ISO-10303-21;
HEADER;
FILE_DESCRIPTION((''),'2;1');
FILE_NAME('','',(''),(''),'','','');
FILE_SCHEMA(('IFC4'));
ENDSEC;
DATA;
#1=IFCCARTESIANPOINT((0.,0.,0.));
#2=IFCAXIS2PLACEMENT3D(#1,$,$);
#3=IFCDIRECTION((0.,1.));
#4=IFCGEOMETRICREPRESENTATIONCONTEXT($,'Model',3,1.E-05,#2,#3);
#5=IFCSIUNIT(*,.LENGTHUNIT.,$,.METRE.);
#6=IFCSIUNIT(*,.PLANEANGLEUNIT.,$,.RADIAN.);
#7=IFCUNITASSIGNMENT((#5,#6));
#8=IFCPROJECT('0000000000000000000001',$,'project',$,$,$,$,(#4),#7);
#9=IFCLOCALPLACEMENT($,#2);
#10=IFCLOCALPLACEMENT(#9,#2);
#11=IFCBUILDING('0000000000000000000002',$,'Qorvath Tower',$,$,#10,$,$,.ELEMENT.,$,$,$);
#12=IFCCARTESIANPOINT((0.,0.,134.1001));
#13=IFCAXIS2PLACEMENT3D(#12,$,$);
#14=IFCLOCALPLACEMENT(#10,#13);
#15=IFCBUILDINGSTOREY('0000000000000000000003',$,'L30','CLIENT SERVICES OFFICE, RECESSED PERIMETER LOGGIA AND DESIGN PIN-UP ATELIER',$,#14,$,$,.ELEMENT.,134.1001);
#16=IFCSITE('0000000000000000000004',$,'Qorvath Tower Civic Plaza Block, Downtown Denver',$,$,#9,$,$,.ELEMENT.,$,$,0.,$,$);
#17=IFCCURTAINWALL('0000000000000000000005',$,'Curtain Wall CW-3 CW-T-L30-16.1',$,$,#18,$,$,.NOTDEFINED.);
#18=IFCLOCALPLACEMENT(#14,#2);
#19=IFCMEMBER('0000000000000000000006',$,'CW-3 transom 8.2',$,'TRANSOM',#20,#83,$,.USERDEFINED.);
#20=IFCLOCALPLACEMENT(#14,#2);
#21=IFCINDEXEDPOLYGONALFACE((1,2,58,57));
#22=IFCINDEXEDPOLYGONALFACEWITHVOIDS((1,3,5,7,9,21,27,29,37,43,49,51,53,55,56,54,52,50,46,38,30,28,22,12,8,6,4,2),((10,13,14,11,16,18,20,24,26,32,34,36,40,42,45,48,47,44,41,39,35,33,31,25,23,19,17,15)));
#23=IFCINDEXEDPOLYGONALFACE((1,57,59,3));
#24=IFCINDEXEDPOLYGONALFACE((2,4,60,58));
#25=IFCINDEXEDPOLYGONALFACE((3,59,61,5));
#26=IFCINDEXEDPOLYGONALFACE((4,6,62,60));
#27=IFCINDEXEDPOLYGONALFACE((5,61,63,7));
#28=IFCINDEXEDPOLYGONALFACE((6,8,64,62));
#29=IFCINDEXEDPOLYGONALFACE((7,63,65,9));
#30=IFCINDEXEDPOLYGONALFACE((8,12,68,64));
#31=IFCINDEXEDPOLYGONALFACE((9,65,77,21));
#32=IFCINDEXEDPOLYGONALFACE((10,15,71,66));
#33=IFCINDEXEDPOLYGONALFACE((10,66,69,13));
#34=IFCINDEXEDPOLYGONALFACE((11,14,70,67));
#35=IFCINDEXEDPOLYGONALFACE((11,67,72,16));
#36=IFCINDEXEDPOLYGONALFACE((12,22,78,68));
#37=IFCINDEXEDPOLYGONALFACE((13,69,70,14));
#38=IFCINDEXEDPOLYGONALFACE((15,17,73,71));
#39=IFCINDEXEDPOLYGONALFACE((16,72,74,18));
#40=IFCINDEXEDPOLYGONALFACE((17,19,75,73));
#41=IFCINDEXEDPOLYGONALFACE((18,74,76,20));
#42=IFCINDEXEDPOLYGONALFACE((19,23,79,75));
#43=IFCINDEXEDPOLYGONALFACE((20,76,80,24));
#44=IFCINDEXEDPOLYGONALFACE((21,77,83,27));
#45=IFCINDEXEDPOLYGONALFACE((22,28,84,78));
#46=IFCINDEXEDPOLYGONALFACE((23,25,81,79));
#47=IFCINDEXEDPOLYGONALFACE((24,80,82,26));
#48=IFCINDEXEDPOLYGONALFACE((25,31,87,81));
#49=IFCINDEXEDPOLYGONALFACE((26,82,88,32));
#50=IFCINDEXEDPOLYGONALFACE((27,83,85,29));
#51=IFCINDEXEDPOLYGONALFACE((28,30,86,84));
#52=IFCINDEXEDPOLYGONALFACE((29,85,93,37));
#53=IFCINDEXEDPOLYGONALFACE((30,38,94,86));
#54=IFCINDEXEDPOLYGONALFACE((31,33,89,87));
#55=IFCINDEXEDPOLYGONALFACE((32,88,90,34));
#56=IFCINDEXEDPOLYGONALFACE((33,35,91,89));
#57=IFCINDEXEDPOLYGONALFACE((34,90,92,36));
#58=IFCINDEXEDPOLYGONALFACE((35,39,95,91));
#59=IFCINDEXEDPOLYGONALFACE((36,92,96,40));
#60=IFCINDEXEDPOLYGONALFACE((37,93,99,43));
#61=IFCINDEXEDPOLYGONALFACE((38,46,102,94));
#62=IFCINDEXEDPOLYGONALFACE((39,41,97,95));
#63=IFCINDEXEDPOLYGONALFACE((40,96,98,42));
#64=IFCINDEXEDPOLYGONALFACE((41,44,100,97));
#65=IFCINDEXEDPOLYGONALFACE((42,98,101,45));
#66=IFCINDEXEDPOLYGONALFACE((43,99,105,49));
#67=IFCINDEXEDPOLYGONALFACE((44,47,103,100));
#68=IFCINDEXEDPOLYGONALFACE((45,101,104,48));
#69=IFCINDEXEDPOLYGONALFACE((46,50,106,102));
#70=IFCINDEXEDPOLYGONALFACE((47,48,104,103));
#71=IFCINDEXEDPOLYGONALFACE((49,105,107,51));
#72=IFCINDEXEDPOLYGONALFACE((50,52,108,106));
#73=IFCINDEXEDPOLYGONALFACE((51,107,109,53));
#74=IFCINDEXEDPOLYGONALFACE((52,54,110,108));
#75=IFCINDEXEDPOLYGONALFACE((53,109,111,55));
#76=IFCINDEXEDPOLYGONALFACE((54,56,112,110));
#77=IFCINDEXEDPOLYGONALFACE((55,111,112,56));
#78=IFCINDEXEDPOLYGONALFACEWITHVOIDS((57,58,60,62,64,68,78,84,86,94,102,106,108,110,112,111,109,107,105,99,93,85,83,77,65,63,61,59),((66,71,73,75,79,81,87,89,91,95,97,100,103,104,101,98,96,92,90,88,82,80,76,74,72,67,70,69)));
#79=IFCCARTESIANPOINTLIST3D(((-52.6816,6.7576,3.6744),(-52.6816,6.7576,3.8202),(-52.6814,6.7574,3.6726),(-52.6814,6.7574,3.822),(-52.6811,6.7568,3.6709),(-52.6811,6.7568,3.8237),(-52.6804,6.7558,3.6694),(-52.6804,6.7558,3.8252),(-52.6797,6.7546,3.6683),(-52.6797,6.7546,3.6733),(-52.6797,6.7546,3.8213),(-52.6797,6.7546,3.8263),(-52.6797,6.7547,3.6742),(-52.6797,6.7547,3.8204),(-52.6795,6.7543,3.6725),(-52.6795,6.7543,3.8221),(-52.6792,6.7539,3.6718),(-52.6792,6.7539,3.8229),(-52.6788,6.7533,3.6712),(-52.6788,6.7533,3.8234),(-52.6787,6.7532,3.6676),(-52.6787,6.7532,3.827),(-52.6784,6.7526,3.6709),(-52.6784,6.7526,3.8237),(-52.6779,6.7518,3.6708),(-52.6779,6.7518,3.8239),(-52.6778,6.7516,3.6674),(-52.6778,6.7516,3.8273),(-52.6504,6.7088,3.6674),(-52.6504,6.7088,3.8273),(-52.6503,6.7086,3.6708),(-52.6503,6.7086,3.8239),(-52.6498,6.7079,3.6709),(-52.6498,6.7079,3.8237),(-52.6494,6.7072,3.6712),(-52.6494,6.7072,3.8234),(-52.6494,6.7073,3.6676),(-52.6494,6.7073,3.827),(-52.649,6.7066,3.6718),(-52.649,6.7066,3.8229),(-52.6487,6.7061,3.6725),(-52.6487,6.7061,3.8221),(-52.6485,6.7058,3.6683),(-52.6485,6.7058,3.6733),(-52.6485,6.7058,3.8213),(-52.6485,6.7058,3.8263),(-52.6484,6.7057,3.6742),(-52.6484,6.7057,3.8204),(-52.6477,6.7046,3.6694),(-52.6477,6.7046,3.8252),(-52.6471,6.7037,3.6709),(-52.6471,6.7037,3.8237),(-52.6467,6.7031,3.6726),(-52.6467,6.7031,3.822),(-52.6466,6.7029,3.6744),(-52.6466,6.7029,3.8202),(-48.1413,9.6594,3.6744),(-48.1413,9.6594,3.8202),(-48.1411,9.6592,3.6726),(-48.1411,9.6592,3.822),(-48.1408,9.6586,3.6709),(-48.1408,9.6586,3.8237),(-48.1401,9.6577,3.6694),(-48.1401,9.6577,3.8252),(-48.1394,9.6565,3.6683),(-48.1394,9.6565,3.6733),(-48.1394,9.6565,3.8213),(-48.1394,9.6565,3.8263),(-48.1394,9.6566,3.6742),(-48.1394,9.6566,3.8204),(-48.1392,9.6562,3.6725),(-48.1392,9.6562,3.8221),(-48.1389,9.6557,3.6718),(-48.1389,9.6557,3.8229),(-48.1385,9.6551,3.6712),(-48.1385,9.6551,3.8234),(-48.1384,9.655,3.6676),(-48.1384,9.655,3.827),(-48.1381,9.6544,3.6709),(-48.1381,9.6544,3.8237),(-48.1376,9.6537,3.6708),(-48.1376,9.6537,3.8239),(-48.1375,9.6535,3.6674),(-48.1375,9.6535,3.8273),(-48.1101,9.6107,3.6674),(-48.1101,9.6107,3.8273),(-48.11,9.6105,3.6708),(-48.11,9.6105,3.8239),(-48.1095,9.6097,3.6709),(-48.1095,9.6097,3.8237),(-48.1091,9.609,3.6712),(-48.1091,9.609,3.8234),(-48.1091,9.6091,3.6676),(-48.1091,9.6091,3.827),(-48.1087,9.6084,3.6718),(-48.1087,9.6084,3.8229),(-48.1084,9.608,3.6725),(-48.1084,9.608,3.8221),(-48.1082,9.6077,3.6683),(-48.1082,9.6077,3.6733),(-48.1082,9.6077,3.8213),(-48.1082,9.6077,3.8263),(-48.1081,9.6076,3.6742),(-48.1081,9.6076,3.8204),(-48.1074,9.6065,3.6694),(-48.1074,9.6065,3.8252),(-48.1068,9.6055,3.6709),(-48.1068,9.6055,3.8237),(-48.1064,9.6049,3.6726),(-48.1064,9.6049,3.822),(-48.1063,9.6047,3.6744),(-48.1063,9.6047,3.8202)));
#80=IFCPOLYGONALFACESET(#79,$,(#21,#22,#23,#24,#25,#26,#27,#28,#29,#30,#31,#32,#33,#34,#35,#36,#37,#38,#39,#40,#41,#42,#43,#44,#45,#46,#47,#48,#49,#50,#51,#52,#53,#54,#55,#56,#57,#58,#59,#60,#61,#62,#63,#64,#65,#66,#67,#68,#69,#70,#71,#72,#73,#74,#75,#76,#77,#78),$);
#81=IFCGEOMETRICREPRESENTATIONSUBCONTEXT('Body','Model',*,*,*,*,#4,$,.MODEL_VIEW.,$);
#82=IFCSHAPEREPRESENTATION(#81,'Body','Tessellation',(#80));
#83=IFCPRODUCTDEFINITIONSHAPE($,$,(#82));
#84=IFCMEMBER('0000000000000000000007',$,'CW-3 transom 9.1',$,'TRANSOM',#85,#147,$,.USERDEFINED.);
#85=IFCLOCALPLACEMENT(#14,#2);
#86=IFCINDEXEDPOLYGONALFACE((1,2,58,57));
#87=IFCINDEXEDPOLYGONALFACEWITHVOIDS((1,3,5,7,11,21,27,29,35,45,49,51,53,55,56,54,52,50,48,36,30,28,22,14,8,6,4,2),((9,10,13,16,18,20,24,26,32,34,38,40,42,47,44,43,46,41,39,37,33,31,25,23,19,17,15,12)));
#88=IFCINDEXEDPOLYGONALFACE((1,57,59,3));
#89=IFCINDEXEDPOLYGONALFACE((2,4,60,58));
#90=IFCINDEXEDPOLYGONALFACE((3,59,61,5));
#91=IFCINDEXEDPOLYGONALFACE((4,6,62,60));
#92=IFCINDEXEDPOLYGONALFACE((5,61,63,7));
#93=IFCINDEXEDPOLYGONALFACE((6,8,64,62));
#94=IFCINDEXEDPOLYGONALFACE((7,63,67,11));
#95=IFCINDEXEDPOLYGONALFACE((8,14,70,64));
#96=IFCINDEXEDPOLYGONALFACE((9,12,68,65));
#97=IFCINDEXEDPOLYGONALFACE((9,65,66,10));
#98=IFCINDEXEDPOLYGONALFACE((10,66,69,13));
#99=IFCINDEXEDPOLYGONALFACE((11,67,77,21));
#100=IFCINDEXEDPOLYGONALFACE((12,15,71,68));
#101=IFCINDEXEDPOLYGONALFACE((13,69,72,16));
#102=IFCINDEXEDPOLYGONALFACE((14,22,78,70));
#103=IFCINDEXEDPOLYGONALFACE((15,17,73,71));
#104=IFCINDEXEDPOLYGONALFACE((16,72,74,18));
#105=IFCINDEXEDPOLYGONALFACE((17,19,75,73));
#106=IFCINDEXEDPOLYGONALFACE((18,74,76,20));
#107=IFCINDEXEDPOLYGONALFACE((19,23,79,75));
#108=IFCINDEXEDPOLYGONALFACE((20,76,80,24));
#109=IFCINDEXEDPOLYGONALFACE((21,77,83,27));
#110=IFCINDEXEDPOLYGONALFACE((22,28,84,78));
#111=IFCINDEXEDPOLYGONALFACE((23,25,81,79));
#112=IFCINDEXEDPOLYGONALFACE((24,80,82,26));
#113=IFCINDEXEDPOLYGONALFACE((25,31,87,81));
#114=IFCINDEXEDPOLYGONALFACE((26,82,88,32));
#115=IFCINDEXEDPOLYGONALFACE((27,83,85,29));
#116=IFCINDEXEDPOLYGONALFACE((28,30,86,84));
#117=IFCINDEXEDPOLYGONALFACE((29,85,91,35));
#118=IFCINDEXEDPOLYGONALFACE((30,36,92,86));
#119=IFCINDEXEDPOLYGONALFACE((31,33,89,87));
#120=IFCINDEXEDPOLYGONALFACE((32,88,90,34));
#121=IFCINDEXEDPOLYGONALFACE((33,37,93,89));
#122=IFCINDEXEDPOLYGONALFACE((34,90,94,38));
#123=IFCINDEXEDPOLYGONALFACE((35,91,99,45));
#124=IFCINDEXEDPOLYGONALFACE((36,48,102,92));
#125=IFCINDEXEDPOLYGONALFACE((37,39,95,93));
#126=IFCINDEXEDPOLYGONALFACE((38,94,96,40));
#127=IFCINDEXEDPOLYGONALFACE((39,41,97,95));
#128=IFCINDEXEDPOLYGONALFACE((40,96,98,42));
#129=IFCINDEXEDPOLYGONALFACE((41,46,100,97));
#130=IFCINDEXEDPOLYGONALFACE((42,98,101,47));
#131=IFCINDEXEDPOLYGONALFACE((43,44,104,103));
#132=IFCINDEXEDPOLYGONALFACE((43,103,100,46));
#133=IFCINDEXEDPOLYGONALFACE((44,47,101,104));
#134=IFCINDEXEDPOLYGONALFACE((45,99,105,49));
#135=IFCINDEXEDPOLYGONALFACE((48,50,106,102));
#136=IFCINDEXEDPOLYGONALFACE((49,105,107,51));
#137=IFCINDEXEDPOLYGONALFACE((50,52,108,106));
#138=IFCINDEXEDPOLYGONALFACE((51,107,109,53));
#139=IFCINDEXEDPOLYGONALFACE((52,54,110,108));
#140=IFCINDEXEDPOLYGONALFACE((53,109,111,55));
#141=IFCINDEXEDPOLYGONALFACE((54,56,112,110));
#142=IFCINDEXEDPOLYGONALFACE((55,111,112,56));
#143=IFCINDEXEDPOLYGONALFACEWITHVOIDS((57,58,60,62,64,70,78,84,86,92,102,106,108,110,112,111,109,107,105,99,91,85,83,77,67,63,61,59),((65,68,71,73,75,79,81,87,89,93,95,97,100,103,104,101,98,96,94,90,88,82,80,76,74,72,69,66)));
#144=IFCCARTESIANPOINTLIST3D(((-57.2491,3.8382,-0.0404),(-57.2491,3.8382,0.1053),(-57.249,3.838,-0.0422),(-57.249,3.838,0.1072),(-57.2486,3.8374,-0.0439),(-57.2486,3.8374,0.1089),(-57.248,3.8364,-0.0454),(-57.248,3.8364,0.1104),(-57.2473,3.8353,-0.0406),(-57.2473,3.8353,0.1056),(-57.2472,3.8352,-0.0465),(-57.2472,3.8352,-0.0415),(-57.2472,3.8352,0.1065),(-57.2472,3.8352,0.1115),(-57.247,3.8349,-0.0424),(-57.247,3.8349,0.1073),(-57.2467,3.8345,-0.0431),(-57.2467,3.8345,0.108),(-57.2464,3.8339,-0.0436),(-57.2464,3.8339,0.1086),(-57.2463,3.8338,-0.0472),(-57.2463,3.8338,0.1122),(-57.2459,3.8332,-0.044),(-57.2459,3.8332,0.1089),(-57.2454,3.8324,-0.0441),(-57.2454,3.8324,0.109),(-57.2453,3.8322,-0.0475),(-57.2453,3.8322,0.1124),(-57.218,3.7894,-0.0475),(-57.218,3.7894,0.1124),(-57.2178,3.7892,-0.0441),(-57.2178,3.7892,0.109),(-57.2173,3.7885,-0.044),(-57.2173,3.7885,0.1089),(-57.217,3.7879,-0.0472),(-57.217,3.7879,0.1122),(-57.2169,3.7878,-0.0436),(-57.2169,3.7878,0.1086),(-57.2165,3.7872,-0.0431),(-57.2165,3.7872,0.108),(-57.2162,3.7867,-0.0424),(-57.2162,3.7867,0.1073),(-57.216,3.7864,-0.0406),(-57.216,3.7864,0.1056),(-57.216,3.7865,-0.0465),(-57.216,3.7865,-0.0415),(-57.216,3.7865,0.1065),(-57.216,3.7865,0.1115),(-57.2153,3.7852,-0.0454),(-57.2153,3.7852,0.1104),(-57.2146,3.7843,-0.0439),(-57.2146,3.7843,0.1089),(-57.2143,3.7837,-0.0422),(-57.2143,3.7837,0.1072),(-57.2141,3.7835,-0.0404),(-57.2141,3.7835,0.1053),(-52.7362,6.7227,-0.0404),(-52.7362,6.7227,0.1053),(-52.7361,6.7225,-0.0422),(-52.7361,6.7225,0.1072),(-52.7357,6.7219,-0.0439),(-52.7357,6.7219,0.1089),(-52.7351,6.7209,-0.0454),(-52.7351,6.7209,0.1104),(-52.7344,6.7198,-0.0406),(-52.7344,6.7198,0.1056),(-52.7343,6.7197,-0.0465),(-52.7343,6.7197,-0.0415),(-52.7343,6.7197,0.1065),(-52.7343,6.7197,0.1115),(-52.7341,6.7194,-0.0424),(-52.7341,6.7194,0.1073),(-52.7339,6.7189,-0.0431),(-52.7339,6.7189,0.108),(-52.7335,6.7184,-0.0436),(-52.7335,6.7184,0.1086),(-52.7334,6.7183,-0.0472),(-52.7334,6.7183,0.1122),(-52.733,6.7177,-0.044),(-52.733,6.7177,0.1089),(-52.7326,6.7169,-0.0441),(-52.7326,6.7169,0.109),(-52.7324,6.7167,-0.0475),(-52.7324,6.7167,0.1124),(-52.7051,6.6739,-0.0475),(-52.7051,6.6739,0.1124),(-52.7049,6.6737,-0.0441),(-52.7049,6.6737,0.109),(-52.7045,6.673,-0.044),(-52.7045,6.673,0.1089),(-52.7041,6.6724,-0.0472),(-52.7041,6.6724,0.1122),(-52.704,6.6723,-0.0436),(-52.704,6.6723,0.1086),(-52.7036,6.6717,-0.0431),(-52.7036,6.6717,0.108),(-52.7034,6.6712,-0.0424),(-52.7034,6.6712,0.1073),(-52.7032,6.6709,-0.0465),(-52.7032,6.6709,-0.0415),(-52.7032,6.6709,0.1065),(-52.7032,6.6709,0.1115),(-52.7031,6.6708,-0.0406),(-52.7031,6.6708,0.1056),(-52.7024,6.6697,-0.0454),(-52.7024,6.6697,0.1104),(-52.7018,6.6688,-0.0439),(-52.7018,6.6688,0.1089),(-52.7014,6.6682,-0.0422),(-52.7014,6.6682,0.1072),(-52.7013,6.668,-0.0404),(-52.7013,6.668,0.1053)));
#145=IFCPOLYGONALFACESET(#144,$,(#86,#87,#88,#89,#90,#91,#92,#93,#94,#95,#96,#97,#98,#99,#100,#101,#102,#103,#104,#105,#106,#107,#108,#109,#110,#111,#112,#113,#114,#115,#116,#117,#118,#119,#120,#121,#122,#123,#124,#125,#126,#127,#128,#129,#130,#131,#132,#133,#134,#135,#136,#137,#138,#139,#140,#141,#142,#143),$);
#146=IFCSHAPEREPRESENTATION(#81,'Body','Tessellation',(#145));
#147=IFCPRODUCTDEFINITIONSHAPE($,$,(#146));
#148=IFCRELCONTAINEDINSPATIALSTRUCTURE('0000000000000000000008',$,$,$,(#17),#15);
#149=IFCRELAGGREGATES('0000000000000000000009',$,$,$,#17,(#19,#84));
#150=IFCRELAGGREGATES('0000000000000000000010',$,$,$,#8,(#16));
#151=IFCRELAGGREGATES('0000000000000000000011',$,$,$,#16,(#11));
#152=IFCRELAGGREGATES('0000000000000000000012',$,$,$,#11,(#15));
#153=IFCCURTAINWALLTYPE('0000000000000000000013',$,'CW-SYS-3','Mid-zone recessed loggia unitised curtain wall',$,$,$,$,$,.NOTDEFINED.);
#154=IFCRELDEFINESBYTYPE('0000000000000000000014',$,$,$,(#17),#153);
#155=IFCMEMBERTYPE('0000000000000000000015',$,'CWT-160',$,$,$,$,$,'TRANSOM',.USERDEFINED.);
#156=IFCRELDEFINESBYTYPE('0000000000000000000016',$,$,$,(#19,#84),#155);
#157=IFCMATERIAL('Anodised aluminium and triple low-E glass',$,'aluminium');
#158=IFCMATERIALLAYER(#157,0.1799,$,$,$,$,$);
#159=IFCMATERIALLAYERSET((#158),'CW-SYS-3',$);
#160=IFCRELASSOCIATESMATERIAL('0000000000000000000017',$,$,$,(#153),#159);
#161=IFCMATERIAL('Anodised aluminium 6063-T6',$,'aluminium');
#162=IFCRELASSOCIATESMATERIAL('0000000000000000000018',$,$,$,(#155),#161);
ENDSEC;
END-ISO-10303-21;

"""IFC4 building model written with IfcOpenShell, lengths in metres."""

from ifc_helpers import new_model, si_unit, direction, frame, origin, origin_2d, place, context, subcontext, project, spatial, hollow_rectangle, extrude, material, layer, layer_set, material_profile, profile_set, type_object, element, aggregate, save


model = new_model("IFC4")

# Units and contexts
model_context = context("Model", 3, precision=1e-05, world=origin(), true_north=direction((0.0, 1.0)))
body_context = subcontext(model_context, "Body", "Model", "MODEL_VIEW")
ifc_project = project(units=[si_unit("LENGTHUNIT", "METRE"), si_unit("PLANEANGLEUNIT", "RADIAN")], contexts=[model_context])

# Site, building, storey
site_placement = place(None, origin())
site = spatial("IfcSite", under=ifc_project, at=site_placement, Name="Qorvath Tower Civic Plaza Block, Downtown Denver", CompositionType="ELEMENT", RefElevation=0.0)
building_placement = place(site_placement, origin())
building = spatial("IfcBuilding", under=site, at=building_placement, Name="Qorvath Tower", CompositionType="ELEMENT")
storey_placement = place(building_placement, frame((0.0, 0.0, 134.1001)))
storey = spatial("IfcBuildingStorey", under=building, at=storey_placement, Name="L30", Description="CLIENT SERVICES OFFICE, RECESSED PERIMETER LOGGIA AND DESIGN PIN-UP ATELIER", CompositionType="ELEMENT", Elevation=134.1001)

# Curtain wall, members
ifc_material_1 = material(Name="Anodised aluminium and triple low-E glass", Category="aluminium")
ifc_layer_1 = layer(ifc_material_1, 0.1799)
ifc_layer_set_1 = layer_set([ifc_layer_1], Name="CW-SYS-3")
curtain_wall_type = type_object("IfcCurtainWallType", Name="CW-SYS-3", Description="Mid-zone recessed loggia unitised curtain wall", PredefinedType="NOTDEFINED", material=ifc_layer_set_1)
curtain_wall_placement = place(storey_placement, origin())
curtain_wall = element("IfcCurtainWall", 1, at=curtain_wall_placement, inside=storey, type_object=curtain_wall_type, Name="Curtain Wall CW-3 CW-T-L30-16.1", PredefinedType="NOTDEFINED")
ifc_material_2 = material(Name="Anodised aluminium 6063-T6", Category="aluminium")
ifc_material_profile_1 = material_profile(ifc_material_2, hollow_rectangle(XDim=0.0649, YDim=0.1599, WallThickness=0.0034, InnerFilletRadius=0.0034, OuterFilletRadius=0.0071, at=origin_2d()), Name="CWT 160x65")
ifc_profile_set_1 = profile_set([ifc_material_profile_1], Name="Anodised aluminium 6063-T6")
member_type_1 = type_object("IfcMemberType", Name="CWT-160", ElementType="TRANSOM", PredefinedType="USERDEFINED", material=ifc_profile_set_1)
member_1_placement = place(storey_placement, frame((-48.1238, 9.6321, 3.7473), z_axis=(-0.842602, -0.538537, 0.0), x_axis=(0.538537, -0.842602, 0.0)))
member_1 = element("IfcMember", 2, at=member_1_placement, type_object=member_type_1, Name="CW-3 transom 8.2", ObjectType="TRANSOM", PredefinedType="USERDEFINED", context=body_context, shape_type="SweptSolid", body=[
    extrude(hollow_rectangle(XDim=0.0649, YDim=0.1599, WallThickness=0.0034, InnerFilletRadius=0.0034, OuterFilletRadius=0.0071, at=origin_2d()), origin(), (0.0, 0.0, 1.0), 5.3884),
])
member_2_placement = place(storey_placement, frame((-52.7188, 6.6953, 0.0325), z_axis=(-0.84259, -0.538556, 0.0), x_axis=(0.538556, -0.84259, 0.0)))
member_2 = element("IfcMember", 3, at=member_2_placement, type_object=member_type_1, Name="CW-3 transom 9.1", ObjectType="TRANSOM", PredefinedType="USERDEFINED", context=body_context, shape_type="SweptSolid", body=[
    extrude(hollow_rectangle(XDim=0.0649, YDim=0.1599, WallThickness=0.0034, InnerFilletRadius=0.0034, OuterFilletRadius=0.0071, at=origin_2d()), origin(), (0.0, 0.0, 1.0), 5.356),
])
aggregate(curtain_wall, [member_1, member_2])

save(model, "model.ifc")
